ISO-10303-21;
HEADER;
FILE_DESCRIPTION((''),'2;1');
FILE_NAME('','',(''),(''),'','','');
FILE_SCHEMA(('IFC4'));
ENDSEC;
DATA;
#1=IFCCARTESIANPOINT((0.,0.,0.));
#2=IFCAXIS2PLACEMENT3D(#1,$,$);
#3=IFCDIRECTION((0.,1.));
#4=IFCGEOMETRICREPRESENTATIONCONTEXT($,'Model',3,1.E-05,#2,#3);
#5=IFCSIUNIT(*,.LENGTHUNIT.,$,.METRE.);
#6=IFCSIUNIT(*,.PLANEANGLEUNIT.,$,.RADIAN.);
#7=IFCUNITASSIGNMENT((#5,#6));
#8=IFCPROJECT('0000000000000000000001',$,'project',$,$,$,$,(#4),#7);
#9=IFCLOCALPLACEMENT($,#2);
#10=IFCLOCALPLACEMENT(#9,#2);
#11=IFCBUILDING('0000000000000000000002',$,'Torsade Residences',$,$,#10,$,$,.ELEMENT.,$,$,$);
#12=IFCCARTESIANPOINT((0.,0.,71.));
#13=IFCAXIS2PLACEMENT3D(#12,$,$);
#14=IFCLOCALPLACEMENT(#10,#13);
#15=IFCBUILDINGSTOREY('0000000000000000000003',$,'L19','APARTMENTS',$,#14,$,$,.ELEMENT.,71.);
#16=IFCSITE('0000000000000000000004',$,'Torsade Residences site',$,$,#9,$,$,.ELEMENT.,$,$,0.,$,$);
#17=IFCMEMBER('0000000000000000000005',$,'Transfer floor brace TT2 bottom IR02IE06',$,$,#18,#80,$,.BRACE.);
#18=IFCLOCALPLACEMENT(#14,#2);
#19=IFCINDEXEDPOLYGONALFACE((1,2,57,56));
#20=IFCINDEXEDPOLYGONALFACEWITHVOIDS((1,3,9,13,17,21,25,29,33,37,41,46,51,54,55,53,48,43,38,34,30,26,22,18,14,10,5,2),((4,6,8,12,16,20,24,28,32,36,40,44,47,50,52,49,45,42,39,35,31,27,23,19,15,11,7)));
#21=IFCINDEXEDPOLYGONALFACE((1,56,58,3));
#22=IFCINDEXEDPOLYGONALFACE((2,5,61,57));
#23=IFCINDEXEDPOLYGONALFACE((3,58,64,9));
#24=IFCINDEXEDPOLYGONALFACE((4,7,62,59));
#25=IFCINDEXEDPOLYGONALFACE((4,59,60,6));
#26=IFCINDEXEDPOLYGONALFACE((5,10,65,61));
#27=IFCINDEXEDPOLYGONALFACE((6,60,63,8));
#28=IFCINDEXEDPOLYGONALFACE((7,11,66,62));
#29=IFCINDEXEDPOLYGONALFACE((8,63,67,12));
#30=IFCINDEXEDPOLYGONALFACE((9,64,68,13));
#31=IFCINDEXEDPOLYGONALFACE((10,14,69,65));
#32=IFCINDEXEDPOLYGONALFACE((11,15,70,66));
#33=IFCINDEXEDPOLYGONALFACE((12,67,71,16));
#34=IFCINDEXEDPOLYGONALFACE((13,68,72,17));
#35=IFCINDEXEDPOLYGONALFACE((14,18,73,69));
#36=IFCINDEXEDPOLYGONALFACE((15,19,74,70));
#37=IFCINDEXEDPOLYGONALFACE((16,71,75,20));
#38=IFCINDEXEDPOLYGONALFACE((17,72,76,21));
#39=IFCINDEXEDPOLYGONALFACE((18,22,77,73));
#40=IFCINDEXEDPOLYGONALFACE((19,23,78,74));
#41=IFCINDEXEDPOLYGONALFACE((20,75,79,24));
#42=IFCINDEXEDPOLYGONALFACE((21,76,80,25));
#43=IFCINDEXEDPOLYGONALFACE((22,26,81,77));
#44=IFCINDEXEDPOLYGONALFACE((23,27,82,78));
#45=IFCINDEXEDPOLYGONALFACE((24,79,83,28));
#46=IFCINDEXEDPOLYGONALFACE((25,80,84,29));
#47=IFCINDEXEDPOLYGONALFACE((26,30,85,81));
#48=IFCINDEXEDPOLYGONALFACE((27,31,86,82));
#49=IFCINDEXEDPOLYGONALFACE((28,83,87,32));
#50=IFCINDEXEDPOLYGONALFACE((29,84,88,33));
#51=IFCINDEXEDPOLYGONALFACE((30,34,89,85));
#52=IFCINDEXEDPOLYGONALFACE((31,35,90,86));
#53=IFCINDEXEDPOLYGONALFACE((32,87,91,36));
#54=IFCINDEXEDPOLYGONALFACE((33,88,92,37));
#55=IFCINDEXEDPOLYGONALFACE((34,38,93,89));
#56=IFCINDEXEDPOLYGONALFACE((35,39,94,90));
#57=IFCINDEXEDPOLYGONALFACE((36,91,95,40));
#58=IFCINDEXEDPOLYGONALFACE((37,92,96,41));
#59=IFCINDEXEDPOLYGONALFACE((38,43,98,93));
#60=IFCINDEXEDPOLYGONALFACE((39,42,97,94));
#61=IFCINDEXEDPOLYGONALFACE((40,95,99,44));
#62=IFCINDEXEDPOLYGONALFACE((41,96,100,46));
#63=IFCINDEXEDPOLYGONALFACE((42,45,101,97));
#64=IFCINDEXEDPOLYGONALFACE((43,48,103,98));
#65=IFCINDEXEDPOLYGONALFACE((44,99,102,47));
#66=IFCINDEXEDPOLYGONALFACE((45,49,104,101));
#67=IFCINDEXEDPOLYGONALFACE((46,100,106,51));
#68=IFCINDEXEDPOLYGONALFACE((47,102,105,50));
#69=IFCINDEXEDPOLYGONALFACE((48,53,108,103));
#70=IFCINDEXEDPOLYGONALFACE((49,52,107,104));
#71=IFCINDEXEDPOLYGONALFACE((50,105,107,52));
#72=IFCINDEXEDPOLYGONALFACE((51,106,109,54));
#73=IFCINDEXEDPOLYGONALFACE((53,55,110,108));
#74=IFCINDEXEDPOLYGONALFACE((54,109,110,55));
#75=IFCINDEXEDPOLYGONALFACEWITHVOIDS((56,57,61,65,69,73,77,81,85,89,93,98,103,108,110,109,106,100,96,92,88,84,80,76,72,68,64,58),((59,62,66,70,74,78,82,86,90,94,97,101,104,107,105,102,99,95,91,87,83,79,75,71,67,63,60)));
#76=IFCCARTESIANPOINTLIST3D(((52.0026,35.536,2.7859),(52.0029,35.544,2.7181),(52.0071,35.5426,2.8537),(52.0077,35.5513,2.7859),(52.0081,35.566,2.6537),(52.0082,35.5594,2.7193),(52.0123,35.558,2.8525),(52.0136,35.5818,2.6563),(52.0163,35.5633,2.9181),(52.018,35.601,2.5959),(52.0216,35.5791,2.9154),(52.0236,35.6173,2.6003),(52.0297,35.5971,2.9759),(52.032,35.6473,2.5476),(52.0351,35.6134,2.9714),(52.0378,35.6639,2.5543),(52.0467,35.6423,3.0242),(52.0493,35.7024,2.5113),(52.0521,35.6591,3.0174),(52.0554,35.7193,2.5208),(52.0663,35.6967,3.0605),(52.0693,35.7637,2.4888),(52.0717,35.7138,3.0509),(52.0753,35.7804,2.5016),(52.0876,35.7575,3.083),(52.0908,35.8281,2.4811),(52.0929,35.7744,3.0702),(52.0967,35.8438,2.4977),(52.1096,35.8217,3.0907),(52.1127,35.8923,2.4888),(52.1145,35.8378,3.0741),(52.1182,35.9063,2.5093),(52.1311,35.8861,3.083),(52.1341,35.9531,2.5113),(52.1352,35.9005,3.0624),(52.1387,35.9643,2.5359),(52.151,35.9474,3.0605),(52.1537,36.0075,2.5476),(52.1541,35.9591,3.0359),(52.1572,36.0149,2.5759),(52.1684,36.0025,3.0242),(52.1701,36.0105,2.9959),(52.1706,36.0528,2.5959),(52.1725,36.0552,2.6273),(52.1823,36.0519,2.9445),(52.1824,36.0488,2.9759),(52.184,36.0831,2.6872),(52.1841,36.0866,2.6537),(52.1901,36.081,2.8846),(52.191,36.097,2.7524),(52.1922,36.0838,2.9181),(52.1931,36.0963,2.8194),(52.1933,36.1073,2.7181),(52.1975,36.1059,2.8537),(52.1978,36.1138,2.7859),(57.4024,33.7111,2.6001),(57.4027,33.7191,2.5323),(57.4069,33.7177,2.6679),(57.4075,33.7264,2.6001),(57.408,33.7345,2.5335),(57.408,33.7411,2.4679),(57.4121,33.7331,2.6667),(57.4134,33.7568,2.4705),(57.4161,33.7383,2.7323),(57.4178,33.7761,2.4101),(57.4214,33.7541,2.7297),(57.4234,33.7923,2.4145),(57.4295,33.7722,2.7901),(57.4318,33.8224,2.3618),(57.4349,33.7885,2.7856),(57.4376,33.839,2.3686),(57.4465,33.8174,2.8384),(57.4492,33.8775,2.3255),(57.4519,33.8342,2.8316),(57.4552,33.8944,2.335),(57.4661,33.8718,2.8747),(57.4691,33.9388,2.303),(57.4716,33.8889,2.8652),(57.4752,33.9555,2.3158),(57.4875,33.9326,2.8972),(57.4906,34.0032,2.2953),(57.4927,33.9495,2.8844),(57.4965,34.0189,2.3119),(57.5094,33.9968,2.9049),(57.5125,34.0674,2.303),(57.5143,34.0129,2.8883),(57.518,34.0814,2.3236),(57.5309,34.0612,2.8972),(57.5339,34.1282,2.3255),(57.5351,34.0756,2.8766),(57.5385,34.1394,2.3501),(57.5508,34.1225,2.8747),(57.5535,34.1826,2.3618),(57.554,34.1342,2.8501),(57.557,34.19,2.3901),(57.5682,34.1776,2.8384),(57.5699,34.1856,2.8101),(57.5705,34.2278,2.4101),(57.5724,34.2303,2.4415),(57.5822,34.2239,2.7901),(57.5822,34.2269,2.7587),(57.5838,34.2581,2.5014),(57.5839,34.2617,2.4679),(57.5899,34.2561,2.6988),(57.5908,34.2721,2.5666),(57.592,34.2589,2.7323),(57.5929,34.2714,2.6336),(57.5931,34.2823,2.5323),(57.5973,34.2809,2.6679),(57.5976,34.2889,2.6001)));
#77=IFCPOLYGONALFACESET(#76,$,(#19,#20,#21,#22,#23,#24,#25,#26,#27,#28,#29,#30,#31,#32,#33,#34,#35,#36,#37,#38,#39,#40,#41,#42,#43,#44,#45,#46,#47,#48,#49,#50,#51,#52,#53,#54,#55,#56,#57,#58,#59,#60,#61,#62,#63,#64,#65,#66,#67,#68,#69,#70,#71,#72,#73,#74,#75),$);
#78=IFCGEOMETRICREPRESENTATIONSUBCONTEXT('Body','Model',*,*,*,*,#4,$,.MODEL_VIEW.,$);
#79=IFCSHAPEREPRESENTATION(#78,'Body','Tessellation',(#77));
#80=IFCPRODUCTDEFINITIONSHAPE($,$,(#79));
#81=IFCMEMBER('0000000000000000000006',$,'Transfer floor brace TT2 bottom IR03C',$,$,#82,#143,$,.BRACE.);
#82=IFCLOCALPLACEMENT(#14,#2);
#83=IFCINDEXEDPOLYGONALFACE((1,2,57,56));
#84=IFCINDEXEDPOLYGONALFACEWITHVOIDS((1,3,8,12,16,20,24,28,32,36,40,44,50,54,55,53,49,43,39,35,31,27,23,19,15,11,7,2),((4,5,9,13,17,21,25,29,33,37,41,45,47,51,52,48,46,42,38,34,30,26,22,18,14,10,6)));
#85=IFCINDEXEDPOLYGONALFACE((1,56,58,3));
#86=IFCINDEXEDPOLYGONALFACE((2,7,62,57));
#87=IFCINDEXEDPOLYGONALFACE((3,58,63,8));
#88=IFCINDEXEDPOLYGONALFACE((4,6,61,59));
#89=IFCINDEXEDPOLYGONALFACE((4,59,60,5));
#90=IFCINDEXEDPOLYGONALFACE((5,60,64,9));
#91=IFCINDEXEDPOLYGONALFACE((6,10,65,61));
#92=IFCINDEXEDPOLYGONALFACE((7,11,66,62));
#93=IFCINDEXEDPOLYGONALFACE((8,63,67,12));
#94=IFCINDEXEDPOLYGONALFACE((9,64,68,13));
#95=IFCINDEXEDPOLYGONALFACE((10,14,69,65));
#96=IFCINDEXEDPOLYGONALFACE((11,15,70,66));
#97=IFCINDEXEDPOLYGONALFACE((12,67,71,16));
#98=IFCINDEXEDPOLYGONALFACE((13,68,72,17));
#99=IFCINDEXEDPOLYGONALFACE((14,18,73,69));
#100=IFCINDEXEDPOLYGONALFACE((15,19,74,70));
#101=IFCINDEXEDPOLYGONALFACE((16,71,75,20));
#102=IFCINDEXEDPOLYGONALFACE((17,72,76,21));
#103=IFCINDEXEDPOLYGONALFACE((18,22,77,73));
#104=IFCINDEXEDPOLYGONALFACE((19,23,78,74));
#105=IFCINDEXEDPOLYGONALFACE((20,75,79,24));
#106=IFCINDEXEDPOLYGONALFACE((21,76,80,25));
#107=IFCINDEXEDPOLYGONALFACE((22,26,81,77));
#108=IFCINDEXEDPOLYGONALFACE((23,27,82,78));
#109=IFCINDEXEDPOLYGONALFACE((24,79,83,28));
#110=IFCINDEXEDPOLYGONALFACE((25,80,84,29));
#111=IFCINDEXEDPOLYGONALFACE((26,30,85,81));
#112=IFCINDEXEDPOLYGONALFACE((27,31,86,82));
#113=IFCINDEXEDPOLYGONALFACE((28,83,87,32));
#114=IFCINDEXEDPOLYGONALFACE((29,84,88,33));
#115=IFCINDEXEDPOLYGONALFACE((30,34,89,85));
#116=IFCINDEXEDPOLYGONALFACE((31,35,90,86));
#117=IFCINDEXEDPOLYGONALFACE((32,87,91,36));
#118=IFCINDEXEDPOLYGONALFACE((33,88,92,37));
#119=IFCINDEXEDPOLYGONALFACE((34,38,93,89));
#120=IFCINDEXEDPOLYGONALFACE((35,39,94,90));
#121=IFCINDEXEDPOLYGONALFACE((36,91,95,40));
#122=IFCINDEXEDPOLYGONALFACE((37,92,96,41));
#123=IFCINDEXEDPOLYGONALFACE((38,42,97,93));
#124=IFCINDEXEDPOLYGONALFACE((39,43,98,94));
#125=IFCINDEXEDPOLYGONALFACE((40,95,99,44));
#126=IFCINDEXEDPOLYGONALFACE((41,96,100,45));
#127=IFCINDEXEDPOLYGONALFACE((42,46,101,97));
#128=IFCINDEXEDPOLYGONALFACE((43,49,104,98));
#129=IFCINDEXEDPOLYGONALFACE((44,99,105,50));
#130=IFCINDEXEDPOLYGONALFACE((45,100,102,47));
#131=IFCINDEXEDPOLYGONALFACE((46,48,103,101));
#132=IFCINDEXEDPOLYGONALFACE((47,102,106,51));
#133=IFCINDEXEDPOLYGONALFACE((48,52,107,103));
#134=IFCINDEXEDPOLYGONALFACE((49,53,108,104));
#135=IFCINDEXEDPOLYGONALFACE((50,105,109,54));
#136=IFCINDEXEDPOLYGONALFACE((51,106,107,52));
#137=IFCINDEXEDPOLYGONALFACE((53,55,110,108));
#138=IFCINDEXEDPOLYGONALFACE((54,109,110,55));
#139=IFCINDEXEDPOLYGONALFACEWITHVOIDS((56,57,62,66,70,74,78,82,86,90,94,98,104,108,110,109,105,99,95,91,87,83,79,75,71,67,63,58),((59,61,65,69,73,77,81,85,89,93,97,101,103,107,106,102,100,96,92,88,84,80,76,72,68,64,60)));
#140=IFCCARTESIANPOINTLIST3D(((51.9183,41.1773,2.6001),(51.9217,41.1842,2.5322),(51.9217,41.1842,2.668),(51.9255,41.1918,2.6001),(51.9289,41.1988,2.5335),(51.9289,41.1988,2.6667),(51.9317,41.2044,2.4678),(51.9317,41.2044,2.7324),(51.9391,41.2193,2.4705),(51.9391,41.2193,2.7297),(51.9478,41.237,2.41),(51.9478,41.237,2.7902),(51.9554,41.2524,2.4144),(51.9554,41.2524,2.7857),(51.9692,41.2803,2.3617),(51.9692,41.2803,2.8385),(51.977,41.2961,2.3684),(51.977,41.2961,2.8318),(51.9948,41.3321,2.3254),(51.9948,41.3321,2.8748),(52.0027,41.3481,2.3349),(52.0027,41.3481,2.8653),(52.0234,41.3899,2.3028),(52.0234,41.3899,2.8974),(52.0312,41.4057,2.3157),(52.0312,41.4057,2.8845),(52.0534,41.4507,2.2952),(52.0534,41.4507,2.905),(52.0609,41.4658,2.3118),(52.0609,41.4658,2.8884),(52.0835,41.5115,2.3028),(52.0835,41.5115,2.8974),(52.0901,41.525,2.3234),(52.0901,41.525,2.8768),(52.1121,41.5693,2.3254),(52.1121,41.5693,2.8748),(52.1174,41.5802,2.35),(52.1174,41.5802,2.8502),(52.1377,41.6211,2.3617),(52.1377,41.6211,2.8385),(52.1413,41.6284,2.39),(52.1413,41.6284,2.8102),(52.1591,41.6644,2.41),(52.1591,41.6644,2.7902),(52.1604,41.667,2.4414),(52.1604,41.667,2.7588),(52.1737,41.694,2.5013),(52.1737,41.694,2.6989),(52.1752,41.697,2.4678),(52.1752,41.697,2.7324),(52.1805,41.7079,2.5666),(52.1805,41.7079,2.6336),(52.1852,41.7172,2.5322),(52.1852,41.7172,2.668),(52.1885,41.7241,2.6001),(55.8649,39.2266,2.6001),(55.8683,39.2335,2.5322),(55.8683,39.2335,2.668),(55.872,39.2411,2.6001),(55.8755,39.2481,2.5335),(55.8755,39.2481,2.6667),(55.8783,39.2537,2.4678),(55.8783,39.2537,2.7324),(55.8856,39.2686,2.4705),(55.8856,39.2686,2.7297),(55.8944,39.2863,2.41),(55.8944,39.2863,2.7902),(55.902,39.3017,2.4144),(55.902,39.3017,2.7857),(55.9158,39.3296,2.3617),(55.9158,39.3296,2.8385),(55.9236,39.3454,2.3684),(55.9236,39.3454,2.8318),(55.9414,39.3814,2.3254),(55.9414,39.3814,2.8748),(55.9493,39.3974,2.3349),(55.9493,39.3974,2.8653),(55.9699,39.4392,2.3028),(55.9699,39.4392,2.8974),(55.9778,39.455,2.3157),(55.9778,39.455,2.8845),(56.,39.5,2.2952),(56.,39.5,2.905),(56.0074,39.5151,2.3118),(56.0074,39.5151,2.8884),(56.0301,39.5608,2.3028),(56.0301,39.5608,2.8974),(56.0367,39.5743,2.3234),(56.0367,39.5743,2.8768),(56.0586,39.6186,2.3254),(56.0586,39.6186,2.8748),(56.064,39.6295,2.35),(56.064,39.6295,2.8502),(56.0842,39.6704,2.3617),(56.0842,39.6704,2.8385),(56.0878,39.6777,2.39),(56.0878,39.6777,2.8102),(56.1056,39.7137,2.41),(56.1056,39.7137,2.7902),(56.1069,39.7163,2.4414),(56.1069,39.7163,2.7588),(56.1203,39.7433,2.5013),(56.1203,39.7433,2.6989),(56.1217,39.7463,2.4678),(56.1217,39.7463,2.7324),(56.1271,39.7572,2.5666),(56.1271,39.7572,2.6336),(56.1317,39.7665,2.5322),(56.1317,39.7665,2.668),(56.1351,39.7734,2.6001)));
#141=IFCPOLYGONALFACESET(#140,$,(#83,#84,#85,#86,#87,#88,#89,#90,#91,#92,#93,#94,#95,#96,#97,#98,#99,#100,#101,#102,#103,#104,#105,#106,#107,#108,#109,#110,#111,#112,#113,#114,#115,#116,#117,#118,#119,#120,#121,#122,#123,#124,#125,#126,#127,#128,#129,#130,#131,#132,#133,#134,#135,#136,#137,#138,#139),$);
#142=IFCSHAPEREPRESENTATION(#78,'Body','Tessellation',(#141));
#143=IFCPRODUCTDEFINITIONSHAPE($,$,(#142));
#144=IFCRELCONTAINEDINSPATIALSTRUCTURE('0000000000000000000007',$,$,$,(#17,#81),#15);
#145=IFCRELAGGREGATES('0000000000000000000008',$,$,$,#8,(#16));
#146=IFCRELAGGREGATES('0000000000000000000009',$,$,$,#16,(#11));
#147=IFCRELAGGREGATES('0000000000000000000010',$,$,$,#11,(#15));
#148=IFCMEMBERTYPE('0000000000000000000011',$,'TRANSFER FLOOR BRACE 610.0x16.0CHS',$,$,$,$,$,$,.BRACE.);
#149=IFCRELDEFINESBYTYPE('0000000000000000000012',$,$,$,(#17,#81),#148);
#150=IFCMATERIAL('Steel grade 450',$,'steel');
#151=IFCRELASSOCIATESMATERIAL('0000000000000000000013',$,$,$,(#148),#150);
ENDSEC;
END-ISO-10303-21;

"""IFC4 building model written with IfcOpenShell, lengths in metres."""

from ifc_helpers import new_model, si_unit, direction, frame, origin, origin_2d, place, context, subcontext, project, spatial, hollow_circle, extrude, material, material_profile, profile_set, type_object, element, save


model = new_model("IFC4")

# Units and contexts
model_context = context("Model", 3, precision=1e-05, world=origin(), true_north=direction((0.0, 1.0)))
body_context = subcontext(model_context, "Body", "Model", "MODEL_VIEW")
ifc_project = project(units=[si_unit("LENGTHUNIT", "METRE"), si_unit("PLANEANGLEUNIT", "RADIAN")], contexts=[model_context])

# Site, building, storey
site_placement = place(None, origin())
site = spatial("IfcSite", under=ifc_project, at=site_placement, Name="Torsade Residences site", CompositionType="ELEMENT", RefElevation=0.0)
building_placement = place(site_placement, origin())
building = spatial("IfcBuilding", under=site, at=building_placement, Name="Torsade Residences", CompositionType="ELEMENT")
storey_placement = place(building_placement, frame((0.0, 0.0, 71.0)))
storey = spatial("IfcBuildingStorey", under=building, at=storey_placement, Name="L19", Description="APARTMENTS", CompositionType="ELEMENT", Elevation=71.0)

# Members
ifc_material_1 = material(Name="Steel grade 450", Category="steel")
ifc_material_profile_1 = material_profile(ifc_material_1, hollow_circle(Radius=0.3049, WallThickness=0.0161, at=origin_2d()), Name="610.0x16.0CHS")
ifc_profile_set_1 = profile_set([ifc_material_profile_1], Name="Steel grade 450")
member_type = type_object("IfcMemberType", Name="TRANSFER FLOOR BRACE 610.0x16.0CHS", PredefinedType="BRACE", material=ifc_profile_set_1)
member_1_placement = place(storey_placement, frame((57.5, 34.0, 2.6001), z_axis=(-0.946857, 0.32, 0.032578), x_axis=(-0.32017, -0.94736, 0.0)))
element("IfcMember", 1, at=member_1_placement, inside=storey, type_object=member_type, Name="Transfer floor brace TT2 bottom IR02IE06", PredefinedType="BRACE", context=body_context, shape_type="SweptSolid", body=[
    extrude(hollow_circle(Radius=0.3049, WallThickness=0.0161, at=origin_2d()), origin(), (0.0, 0.0, 1.0), 5.7029),
])
member_2_placement = place(storey_placement, frame((56.0, 39.5, 2.6001), z_axis=(-0.89647, 0.443105, 0.0), x_axis=(-0.443105, -0.89647, 0.0)))
element("IfcMember", 2, at=member_2_placement, inside=storey, type_object=member_type, Name="Transfer floor brace TT2 bottom IR03C", PredefinedType="BRACE", context=body_context, shape_type="SweptSolid", body=[
    extrude(hollow_circle(Radius=0.3049, WallThickness=0.0161, at=origin_2d()), origin(), (0.0, 0.0, 1.0), 4.4023),
])

save(model, "model.ifc")
